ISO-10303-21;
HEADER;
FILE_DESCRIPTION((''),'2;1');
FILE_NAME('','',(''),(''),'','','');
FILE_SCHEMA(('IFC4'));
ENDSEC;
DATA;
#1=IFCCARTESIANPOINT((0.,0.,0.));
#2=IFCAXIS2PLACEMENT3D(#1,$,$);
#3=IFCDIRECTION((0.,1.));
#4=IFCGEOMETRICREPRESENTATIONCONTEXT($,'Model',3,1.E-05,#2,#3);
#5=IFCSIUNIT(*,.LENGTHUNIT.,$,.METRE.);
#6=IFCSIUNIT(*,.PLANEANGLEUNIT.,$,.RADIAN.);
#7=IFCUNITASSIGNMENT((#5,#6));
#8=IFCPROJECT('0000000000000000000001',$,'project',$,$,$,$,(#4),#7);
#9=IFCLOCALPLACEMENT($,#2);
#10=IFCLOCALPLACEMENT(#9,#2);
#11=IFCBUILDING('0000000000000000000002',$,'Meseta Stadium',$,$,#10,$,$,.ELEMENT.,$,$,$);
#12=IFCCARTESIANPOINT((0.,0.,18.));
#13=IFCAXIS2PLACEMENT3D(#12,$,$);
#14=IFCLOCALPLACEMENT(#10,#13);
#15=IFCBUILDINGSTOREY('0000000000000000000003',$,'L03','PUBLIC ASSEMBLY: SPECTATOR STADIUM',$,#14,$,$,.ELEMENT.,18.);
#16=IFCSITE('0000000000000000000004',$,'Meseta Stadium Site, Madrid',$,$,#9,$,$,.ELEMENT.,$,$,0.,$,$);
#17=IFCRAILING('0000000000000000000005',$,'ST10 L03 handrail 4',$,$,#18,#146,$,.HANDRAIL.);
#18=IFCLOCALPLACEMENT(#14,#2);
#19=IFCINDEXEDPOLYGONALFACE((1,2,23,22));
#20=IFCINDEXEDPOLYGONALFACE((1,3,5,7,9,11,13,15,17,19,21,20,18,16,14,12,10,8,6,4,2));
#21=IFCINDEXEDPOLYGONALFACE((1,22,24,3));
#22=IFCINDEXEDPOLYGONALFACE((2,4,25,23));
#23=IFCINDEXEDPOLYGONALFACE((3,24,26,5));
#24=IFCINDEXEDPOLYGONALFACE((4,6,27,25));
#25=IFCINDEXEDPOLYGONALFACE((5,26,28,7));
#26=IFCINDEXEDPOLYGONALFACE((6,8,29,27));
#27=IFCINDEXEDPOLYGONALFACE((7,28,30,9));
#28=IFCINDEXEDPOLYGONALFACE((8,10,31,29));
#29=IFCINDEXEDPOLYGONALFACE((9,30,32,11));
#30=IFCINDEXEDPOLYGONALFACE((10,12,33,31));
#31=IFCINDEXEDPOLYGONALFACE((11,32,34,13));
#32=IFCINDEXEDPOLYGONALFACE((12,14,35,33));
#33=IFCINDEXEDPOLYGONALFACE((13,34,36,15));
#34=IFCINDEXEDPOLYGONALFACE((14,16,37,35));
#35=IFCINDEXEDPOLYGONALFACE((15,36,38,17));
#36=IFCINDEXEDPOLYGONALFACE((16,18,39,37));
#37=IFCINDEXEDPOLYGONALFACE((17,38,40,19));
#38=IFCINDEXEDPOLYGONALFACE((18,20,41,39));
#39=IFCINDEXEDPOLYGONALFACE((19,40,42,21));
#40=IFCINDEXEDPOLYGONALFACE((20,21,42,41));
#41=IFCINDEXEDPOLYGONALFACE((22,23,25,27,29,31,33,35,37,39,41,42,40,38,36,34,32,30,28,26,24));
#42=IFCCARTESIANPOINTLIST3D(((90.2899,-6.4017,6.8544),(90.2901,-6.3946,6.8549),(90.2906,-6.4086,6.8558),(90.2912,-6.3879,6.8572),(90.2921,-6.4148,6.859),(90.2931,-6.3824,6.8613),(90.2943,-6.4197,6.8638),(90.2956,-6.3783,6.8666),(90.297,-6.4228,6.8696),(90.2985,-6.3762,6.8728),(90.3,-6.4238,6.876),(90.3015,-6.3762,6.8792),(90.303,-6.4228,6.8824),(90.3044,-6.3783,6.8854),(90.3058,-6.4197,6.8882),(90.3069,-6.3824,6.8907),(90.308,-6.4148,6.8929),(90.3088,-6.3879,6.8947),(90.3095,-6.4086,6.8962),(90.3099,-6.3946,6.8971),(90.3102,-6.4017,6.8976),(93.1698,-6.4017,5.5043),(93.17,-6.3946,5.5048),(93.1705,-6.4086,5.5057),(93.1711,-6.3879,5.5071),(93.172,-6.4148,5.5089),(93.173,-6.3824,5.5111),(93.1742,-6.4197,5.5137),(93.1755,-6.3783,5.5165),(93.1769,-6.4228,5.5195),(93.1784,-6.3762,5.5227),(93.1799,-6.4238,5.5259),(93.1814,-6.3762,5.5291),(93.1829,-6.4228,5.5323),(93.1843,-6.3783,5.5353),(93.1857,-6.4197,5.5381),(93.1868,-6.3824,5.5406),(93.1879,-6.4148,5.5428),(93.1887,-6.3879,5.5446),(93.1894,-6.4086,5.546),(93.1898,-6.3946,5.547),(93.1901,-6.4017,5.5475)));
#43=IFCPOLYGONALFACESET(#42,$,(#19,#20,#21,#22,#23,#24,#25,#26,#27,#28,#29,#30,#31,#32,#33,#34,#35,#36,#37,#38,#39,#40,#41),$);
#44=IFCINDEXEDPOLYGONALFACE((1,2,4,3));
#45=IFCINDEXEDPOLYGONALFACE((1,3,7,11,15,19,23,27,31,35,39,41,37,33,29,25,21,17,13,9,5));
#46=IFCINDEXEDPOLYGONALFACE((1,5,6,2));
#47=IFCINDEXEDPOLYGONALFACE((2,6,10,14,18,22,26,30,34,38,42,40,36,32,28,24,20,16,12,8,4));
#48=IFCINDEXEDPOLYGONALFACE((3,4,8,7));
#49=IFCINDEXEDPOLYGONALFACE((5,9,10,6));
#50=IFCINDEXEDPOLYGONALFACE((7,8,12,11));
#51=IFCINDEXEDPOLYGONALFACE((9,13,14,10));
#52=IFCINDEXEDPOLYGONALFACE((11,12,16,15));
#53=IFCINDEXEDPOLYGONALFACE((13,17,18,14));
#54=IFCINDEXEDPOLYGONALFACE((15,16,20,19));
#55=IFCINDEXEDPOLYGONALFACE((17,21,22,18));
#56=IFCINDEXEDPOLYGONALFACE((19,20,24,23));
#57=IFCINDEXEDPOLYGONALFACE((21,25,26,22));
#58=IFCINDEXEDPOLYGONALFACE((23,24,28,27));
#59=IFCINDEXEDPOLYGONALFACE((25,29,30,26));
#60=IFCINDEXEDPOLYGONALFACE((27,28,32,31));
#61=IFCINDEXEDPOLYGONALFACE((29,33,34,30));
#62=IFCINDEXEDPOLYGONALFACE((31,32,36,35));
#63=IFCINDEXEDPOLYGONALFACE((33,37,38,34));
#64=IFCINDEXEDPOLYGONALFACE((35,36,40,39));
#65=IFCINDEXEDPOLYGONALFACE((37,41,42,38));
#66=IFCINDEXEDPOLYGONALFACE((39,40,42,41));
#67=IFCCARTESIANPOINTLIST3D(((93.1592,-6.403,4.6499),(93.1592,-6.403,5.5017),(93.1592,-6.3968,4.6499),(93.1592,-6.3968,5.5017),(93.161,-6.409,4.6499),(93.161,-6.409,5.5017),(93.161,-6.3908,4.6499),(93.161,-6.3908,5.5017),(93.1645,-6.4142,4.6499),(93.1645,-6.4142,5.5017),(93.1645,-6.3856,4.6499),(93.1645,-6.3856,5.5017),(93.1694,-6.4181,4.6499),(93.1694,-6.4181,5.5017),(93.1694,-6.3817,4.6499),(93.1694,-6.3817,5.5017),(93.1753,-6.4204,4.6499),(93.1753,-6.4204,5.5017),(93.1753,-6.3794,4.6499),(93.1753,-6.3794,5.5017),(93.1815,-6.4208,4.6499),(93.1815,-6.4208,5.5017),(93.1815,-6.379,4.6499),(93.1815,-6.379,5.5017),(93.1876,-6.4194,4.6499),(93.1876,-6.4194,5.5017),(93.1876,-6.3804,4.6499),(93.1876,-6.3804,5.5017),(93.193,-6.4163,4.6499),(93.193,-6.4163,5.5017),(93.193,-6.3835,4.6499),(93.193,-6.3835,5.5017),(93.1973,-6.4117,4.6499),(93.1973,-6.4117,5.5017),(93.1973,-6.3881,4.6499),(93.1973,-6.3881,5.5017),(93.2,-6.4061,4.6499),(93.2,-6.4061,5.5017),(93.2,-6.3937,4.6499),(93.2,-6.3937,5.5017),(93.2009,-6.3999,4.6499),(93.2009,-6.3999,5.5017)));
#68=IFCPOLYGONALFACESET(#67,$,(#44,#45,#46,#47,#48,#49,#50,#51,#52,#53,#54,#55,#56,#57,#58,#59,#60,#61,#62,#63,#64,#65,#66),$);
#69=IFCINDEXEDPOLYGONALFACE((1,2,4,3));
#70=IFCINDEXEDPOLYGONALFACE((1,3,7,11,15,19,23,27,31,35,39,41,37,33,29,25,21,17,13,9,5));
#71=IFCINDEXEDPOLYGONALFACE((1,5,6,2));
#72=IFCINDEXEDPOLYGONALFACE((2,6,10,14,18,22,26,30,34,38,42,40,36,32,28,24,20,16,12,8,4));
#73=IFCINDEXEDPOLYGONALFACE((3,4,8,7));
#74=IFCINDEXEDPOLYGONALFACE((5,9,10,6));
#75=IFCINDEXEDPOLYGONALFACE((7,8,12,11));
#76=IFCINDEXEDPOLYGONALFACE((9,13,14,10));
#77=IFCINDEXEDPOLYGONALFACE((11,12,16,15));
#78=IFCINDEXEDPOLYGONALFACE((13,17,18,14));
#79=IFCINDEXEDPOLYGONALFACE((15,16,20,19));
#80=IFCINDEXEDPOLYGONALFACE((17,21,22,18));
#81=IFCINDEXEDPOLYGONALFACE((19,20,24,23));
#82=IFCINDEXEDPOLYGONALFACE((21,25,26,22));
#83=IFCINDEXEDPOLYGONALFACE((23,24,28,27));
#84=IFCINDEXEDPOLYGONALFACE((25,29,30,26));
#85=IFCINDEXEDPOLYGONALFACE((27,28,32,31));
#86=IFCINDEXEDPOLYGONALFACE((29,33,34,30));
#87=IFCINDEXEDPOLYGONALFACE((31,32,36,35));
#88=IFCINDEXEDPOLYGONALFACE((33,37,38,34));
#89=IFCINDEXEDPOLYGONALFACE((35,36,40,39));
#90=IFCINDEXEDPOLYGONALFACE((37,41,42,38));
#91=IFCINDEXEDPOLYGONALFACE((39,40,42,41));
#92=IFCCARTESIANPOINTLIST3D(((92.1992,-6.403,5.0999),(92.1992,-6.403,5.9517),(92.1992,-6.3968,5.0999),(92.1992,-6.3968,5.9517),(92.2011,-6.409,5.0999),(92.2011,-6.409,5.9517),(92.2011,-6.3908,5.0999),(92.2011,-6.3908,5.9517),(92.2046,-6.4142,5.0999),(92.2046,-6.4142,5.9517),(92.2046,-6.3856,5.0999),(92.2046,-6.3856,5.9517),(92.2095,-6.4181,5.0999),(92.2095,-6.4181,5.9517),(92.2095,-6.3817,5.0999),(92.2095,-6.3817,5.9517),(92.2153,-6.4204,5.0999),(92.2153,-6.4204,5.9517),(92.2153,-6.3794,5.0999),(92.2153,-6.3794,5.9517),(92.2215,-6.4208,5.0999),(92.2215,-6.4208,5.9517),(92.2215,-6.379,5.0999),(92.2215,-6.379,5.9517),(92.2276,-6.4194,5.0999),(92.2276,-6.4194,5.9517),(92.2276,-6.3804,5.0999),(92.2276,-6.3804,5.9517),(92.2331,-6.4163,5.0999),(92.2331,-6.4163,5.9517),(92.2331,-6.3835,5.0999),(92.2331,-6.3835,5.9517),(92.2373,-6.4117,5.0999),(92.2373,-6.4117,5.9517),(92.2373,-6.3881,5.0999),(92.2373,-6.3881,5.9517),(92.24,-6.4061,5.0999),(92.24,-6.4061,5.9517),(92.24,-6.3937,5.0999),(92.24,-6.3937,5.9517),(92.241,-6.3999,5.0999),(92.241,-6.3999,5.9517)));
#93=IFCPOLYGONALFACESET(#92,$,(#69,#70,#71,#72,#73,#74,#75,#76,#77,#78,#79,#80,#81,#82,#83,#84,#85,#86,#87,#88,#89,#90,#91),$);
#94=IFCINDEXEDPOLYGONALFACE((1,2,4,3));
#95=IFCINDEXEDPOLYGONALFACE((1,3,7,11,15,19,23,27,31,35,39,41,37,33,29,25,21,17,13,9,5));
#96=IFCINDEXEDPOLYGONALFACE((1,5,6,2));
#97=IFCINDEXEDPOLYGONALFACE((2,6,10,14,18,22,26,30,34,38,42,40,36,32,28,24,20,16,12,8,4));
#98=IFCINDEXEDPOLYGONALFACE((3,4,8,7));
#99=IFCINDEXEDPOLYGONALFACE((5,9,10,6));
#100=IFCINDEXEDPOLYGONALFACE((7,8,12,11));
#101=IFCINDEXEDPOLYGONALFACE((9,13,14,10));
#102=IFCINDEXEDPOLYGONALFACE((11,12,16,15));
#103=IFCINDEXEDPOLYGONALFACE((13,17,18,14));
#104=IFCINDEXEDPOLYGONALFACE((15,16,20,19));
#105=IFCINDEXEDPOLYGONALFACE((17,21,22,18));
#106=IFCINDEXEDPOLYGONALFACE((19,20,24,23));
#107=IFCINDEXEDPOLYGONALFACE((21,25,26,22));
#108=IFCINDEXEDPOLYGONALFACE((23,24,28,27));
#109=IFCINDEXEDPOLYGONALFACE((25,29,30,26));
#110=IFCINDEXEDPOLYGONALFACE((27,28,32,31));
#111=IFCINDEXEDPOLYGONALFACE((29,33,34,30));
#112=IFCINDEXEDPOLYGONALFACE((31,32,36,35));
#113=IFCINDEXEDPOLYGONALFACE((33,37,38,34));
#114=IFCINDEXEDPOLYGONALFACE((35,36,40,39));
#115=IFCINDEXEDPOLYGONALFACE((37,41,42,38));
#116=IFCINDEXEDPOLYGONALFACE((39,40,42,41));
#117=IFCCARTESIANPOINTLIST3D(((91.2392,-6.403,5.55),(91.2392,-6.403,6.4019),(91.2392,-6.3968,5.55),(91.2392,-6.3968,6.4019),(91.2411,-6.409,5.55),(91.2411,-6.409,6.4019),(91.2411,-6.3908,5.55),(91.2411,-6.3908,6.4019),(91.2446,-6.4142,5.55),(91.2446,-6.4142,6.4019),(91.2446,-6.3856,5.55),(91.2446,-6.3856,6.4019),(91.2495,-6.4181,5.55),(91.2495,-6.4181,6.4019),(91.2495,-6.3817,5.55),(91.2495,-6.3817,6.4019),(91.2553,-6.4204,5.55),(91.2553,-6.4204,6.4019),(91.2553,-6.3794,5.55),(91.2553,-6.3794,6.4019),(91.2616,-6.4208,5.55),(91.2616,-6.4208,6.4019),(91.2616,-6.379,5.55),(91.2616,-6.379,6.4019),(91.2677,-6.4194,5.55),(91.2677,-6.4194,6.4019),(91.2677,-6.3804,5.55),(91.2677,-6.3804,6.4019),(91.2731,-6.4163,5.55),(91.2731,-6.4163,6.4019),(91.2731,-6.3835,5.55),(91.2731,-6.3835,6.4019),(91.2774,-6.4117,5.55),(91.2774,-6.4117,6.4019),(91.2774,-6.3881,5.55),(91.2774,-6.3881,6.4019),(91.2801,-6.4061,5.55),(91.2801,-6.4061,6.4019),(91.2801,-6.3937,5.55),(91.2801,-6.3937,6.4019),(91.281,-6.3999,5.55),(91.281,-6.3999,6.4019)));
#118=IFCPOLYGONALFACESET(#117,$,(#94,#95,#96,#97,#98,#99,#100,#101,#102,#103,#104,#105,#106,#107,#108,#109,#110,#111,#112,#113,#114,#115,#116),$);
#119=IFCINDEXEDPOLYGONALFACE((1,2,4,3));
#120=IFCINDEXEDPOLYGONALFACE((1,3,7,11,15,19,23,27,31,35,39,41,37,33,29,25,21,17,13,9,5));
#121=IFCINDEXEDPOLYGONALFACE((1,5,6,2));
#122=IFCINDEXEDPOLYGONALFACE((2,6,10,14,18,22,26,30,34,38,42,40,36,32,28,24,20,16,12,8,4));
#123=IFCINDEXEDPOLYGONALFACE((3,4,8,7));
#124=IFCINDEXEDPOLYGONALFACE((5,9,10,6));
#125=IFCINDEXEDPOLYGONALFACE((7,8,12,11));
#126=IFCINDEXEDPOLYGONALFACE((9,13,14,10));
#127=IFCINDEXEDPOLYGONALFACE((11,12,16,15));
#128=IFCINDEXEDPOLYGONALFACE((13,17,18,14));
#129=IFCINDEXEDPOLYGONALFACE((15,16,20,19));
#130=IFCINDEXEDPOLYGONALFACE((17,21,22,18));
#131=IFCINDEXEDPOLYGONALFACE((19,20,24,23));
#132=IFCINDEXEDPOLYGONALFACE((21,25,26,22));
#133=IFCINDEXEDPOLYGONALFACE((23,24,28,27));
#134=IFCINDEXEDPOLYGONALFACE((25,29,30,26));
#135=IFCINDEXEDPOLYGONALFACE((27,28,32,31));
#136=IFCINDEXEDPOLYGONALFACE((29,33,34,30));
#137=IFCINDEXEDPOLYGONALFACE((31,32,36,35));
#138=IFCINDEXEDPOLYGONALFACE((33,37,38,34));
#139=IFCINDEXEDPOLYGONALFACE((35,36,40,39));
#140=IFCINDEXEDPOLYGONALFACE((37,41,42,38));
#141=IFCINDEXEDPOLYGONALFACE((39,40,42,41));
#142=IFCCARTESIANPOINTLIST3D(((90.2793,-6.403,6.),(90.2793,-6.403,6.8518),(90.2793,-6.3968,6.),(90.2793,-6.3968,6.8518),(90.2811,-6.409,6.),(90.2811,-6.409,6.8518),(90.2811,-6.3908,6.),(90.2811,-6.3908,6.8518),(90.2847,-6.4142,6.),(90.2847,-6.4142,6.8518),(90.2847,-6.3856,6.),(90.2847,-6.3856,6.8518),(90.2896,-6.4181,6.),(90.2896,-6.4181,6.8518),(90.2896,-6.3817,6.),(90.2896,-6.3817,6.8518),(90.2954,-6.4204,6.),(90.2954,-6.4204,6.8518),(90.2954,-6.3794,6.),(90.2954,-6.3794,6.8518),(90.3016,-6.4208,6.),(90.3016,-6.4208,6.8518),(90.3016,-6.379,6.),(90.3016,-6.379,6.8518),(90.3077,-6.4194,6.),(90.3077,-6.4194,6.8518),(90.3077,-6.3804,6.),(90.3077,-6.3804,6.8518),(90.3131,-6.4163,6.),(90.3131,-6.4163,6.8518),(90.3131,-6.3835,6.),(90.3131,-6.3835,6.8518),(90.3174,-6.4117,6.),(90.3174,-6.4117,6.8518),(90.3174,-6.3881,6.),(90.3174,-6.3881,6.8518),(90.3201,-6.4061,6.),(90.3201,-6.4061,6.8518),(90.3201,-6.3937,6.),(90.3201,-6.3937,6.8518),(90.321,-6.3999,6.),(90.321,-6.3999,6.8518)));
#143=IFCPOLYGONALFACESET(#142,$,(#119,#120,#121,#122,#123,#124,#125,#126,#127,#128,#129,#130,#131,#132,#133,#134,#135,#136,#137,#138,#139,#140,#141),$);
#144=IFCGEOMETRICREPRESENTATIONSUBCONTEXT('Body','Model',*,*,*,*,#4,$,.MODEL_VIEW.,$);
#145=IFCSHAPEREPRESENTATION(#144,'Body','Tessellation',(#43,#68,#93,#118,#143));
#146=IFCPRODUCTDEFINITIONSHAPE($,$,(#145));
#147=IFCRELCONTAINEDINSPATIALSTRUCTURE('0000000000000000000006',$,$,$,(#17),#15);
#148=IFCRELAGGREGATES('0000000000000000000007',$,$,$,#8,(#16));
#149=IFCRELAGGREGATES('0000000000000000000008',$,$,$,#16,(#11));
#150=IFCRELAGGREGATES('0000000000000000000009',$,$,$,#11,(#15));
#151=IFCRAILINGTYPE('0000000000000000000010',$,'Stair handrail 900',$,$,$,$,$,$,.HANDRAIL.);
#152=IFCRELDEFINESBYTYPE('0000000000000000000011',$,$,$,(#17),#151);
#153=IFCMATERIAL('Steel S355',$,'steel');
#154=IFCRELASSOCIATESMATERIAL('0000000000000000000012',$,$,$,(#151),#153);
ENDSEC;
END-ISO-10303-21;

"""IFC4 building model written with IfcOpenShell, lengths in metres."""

from ifc_helpers import new_model, si_unit, direction, frame, origin, origin_2d, place, context, subcontext, project, spatial, circle, extrude, material, type_object, element, save


model = new_model("IFC4")

# Units and contexts
model_context = context("Model", 3, precision=1e-05, world=origin(), true_north=direction((0.0, 1.0)))
body_context = subcontext(model_context, "Body", "Model", "MODEL_VIEW")
ifc_project = project(units=[si_unit("LENGTHUNIT", "METRE"), si_unit("PLANEANGLEUNIT", "RADIAN")], contexts=[model_context])

# Site, building, storey
site_placement = place(None, origin())
site = spatial("IfcSite", under=ifc_project, at=site_placement, Name="Meseta Stadium Site, Madrid", CompositionType="ELEMENT", RefElevation=0.0)
building_placement = place(site_placement, origin())
building = spatial("IfcBuilding", under=site, at=building_placement, Name="Meseta Stadium", CompositionType="ELEMENT")
storey_placement = place(building_placement, frame((0.0, 0.0, 18.0)))
storey = spatial("IfcBuildingStorey", under=building, at=storey_placement, Name="L03", Description="PUBLIC ASSEMBLY: SPECTATOR STADIUM", CompositionType="ELEMENT", Elevation=18.0)

# Railing
ifc_material_1 = material(Name="Steel S355", Category="steel")
railing_type_1 = type_object("IfcRailingType", Name="Stair handrail 900", PredefinedType="HANDRAIL", material=ifc_material_1)
for number, where, name in (
    (1, (93.1799, -6.3999, 4.6499), "ST10 L03 handrail 4"),
):
    element("IfcRailing", number, at=place(storey_placement, frame(where)), inside=storey, type_object=railing_type_1, Name=name, PredefinedType="HANDRAIL", context=body_context, shape_type="SweptSolid", body=[
        extrude(circle(Radius=0.0239, at=origin_2d()), frame((0.0, 0.0, 0.876), z_axis=(-0.90544, 0.0, 0.424473), x_axis=(0.0, -1.0, 0.0)), (0.0, 0.0, 1.0), 3.1807),
        extrude(circle(Radius=0.021, at=origin_2d()), origin(), (0.0, 0.0, 1.0), 0.8518),
        extrude(circle(Radius=0.021, at=origin_2d()), frame((-0.96, 0.0, 0.45)), (0.0, 0.0, 1.0), 0.8518),
        extrude(circle(Radius=0.021, at=origin_2d()), frame((-1.9199, 0.0, 0.9001)), (0.0, 0.0, 1.0), 0.8518),
        extrude(circle(Radius=0.021, at=origin_2d()), frame((-2.8799, 0.0, 1.3501)), (0.0, 0.0, 1.0), 0.8518),
    ])

save(model, "model.ifc")
